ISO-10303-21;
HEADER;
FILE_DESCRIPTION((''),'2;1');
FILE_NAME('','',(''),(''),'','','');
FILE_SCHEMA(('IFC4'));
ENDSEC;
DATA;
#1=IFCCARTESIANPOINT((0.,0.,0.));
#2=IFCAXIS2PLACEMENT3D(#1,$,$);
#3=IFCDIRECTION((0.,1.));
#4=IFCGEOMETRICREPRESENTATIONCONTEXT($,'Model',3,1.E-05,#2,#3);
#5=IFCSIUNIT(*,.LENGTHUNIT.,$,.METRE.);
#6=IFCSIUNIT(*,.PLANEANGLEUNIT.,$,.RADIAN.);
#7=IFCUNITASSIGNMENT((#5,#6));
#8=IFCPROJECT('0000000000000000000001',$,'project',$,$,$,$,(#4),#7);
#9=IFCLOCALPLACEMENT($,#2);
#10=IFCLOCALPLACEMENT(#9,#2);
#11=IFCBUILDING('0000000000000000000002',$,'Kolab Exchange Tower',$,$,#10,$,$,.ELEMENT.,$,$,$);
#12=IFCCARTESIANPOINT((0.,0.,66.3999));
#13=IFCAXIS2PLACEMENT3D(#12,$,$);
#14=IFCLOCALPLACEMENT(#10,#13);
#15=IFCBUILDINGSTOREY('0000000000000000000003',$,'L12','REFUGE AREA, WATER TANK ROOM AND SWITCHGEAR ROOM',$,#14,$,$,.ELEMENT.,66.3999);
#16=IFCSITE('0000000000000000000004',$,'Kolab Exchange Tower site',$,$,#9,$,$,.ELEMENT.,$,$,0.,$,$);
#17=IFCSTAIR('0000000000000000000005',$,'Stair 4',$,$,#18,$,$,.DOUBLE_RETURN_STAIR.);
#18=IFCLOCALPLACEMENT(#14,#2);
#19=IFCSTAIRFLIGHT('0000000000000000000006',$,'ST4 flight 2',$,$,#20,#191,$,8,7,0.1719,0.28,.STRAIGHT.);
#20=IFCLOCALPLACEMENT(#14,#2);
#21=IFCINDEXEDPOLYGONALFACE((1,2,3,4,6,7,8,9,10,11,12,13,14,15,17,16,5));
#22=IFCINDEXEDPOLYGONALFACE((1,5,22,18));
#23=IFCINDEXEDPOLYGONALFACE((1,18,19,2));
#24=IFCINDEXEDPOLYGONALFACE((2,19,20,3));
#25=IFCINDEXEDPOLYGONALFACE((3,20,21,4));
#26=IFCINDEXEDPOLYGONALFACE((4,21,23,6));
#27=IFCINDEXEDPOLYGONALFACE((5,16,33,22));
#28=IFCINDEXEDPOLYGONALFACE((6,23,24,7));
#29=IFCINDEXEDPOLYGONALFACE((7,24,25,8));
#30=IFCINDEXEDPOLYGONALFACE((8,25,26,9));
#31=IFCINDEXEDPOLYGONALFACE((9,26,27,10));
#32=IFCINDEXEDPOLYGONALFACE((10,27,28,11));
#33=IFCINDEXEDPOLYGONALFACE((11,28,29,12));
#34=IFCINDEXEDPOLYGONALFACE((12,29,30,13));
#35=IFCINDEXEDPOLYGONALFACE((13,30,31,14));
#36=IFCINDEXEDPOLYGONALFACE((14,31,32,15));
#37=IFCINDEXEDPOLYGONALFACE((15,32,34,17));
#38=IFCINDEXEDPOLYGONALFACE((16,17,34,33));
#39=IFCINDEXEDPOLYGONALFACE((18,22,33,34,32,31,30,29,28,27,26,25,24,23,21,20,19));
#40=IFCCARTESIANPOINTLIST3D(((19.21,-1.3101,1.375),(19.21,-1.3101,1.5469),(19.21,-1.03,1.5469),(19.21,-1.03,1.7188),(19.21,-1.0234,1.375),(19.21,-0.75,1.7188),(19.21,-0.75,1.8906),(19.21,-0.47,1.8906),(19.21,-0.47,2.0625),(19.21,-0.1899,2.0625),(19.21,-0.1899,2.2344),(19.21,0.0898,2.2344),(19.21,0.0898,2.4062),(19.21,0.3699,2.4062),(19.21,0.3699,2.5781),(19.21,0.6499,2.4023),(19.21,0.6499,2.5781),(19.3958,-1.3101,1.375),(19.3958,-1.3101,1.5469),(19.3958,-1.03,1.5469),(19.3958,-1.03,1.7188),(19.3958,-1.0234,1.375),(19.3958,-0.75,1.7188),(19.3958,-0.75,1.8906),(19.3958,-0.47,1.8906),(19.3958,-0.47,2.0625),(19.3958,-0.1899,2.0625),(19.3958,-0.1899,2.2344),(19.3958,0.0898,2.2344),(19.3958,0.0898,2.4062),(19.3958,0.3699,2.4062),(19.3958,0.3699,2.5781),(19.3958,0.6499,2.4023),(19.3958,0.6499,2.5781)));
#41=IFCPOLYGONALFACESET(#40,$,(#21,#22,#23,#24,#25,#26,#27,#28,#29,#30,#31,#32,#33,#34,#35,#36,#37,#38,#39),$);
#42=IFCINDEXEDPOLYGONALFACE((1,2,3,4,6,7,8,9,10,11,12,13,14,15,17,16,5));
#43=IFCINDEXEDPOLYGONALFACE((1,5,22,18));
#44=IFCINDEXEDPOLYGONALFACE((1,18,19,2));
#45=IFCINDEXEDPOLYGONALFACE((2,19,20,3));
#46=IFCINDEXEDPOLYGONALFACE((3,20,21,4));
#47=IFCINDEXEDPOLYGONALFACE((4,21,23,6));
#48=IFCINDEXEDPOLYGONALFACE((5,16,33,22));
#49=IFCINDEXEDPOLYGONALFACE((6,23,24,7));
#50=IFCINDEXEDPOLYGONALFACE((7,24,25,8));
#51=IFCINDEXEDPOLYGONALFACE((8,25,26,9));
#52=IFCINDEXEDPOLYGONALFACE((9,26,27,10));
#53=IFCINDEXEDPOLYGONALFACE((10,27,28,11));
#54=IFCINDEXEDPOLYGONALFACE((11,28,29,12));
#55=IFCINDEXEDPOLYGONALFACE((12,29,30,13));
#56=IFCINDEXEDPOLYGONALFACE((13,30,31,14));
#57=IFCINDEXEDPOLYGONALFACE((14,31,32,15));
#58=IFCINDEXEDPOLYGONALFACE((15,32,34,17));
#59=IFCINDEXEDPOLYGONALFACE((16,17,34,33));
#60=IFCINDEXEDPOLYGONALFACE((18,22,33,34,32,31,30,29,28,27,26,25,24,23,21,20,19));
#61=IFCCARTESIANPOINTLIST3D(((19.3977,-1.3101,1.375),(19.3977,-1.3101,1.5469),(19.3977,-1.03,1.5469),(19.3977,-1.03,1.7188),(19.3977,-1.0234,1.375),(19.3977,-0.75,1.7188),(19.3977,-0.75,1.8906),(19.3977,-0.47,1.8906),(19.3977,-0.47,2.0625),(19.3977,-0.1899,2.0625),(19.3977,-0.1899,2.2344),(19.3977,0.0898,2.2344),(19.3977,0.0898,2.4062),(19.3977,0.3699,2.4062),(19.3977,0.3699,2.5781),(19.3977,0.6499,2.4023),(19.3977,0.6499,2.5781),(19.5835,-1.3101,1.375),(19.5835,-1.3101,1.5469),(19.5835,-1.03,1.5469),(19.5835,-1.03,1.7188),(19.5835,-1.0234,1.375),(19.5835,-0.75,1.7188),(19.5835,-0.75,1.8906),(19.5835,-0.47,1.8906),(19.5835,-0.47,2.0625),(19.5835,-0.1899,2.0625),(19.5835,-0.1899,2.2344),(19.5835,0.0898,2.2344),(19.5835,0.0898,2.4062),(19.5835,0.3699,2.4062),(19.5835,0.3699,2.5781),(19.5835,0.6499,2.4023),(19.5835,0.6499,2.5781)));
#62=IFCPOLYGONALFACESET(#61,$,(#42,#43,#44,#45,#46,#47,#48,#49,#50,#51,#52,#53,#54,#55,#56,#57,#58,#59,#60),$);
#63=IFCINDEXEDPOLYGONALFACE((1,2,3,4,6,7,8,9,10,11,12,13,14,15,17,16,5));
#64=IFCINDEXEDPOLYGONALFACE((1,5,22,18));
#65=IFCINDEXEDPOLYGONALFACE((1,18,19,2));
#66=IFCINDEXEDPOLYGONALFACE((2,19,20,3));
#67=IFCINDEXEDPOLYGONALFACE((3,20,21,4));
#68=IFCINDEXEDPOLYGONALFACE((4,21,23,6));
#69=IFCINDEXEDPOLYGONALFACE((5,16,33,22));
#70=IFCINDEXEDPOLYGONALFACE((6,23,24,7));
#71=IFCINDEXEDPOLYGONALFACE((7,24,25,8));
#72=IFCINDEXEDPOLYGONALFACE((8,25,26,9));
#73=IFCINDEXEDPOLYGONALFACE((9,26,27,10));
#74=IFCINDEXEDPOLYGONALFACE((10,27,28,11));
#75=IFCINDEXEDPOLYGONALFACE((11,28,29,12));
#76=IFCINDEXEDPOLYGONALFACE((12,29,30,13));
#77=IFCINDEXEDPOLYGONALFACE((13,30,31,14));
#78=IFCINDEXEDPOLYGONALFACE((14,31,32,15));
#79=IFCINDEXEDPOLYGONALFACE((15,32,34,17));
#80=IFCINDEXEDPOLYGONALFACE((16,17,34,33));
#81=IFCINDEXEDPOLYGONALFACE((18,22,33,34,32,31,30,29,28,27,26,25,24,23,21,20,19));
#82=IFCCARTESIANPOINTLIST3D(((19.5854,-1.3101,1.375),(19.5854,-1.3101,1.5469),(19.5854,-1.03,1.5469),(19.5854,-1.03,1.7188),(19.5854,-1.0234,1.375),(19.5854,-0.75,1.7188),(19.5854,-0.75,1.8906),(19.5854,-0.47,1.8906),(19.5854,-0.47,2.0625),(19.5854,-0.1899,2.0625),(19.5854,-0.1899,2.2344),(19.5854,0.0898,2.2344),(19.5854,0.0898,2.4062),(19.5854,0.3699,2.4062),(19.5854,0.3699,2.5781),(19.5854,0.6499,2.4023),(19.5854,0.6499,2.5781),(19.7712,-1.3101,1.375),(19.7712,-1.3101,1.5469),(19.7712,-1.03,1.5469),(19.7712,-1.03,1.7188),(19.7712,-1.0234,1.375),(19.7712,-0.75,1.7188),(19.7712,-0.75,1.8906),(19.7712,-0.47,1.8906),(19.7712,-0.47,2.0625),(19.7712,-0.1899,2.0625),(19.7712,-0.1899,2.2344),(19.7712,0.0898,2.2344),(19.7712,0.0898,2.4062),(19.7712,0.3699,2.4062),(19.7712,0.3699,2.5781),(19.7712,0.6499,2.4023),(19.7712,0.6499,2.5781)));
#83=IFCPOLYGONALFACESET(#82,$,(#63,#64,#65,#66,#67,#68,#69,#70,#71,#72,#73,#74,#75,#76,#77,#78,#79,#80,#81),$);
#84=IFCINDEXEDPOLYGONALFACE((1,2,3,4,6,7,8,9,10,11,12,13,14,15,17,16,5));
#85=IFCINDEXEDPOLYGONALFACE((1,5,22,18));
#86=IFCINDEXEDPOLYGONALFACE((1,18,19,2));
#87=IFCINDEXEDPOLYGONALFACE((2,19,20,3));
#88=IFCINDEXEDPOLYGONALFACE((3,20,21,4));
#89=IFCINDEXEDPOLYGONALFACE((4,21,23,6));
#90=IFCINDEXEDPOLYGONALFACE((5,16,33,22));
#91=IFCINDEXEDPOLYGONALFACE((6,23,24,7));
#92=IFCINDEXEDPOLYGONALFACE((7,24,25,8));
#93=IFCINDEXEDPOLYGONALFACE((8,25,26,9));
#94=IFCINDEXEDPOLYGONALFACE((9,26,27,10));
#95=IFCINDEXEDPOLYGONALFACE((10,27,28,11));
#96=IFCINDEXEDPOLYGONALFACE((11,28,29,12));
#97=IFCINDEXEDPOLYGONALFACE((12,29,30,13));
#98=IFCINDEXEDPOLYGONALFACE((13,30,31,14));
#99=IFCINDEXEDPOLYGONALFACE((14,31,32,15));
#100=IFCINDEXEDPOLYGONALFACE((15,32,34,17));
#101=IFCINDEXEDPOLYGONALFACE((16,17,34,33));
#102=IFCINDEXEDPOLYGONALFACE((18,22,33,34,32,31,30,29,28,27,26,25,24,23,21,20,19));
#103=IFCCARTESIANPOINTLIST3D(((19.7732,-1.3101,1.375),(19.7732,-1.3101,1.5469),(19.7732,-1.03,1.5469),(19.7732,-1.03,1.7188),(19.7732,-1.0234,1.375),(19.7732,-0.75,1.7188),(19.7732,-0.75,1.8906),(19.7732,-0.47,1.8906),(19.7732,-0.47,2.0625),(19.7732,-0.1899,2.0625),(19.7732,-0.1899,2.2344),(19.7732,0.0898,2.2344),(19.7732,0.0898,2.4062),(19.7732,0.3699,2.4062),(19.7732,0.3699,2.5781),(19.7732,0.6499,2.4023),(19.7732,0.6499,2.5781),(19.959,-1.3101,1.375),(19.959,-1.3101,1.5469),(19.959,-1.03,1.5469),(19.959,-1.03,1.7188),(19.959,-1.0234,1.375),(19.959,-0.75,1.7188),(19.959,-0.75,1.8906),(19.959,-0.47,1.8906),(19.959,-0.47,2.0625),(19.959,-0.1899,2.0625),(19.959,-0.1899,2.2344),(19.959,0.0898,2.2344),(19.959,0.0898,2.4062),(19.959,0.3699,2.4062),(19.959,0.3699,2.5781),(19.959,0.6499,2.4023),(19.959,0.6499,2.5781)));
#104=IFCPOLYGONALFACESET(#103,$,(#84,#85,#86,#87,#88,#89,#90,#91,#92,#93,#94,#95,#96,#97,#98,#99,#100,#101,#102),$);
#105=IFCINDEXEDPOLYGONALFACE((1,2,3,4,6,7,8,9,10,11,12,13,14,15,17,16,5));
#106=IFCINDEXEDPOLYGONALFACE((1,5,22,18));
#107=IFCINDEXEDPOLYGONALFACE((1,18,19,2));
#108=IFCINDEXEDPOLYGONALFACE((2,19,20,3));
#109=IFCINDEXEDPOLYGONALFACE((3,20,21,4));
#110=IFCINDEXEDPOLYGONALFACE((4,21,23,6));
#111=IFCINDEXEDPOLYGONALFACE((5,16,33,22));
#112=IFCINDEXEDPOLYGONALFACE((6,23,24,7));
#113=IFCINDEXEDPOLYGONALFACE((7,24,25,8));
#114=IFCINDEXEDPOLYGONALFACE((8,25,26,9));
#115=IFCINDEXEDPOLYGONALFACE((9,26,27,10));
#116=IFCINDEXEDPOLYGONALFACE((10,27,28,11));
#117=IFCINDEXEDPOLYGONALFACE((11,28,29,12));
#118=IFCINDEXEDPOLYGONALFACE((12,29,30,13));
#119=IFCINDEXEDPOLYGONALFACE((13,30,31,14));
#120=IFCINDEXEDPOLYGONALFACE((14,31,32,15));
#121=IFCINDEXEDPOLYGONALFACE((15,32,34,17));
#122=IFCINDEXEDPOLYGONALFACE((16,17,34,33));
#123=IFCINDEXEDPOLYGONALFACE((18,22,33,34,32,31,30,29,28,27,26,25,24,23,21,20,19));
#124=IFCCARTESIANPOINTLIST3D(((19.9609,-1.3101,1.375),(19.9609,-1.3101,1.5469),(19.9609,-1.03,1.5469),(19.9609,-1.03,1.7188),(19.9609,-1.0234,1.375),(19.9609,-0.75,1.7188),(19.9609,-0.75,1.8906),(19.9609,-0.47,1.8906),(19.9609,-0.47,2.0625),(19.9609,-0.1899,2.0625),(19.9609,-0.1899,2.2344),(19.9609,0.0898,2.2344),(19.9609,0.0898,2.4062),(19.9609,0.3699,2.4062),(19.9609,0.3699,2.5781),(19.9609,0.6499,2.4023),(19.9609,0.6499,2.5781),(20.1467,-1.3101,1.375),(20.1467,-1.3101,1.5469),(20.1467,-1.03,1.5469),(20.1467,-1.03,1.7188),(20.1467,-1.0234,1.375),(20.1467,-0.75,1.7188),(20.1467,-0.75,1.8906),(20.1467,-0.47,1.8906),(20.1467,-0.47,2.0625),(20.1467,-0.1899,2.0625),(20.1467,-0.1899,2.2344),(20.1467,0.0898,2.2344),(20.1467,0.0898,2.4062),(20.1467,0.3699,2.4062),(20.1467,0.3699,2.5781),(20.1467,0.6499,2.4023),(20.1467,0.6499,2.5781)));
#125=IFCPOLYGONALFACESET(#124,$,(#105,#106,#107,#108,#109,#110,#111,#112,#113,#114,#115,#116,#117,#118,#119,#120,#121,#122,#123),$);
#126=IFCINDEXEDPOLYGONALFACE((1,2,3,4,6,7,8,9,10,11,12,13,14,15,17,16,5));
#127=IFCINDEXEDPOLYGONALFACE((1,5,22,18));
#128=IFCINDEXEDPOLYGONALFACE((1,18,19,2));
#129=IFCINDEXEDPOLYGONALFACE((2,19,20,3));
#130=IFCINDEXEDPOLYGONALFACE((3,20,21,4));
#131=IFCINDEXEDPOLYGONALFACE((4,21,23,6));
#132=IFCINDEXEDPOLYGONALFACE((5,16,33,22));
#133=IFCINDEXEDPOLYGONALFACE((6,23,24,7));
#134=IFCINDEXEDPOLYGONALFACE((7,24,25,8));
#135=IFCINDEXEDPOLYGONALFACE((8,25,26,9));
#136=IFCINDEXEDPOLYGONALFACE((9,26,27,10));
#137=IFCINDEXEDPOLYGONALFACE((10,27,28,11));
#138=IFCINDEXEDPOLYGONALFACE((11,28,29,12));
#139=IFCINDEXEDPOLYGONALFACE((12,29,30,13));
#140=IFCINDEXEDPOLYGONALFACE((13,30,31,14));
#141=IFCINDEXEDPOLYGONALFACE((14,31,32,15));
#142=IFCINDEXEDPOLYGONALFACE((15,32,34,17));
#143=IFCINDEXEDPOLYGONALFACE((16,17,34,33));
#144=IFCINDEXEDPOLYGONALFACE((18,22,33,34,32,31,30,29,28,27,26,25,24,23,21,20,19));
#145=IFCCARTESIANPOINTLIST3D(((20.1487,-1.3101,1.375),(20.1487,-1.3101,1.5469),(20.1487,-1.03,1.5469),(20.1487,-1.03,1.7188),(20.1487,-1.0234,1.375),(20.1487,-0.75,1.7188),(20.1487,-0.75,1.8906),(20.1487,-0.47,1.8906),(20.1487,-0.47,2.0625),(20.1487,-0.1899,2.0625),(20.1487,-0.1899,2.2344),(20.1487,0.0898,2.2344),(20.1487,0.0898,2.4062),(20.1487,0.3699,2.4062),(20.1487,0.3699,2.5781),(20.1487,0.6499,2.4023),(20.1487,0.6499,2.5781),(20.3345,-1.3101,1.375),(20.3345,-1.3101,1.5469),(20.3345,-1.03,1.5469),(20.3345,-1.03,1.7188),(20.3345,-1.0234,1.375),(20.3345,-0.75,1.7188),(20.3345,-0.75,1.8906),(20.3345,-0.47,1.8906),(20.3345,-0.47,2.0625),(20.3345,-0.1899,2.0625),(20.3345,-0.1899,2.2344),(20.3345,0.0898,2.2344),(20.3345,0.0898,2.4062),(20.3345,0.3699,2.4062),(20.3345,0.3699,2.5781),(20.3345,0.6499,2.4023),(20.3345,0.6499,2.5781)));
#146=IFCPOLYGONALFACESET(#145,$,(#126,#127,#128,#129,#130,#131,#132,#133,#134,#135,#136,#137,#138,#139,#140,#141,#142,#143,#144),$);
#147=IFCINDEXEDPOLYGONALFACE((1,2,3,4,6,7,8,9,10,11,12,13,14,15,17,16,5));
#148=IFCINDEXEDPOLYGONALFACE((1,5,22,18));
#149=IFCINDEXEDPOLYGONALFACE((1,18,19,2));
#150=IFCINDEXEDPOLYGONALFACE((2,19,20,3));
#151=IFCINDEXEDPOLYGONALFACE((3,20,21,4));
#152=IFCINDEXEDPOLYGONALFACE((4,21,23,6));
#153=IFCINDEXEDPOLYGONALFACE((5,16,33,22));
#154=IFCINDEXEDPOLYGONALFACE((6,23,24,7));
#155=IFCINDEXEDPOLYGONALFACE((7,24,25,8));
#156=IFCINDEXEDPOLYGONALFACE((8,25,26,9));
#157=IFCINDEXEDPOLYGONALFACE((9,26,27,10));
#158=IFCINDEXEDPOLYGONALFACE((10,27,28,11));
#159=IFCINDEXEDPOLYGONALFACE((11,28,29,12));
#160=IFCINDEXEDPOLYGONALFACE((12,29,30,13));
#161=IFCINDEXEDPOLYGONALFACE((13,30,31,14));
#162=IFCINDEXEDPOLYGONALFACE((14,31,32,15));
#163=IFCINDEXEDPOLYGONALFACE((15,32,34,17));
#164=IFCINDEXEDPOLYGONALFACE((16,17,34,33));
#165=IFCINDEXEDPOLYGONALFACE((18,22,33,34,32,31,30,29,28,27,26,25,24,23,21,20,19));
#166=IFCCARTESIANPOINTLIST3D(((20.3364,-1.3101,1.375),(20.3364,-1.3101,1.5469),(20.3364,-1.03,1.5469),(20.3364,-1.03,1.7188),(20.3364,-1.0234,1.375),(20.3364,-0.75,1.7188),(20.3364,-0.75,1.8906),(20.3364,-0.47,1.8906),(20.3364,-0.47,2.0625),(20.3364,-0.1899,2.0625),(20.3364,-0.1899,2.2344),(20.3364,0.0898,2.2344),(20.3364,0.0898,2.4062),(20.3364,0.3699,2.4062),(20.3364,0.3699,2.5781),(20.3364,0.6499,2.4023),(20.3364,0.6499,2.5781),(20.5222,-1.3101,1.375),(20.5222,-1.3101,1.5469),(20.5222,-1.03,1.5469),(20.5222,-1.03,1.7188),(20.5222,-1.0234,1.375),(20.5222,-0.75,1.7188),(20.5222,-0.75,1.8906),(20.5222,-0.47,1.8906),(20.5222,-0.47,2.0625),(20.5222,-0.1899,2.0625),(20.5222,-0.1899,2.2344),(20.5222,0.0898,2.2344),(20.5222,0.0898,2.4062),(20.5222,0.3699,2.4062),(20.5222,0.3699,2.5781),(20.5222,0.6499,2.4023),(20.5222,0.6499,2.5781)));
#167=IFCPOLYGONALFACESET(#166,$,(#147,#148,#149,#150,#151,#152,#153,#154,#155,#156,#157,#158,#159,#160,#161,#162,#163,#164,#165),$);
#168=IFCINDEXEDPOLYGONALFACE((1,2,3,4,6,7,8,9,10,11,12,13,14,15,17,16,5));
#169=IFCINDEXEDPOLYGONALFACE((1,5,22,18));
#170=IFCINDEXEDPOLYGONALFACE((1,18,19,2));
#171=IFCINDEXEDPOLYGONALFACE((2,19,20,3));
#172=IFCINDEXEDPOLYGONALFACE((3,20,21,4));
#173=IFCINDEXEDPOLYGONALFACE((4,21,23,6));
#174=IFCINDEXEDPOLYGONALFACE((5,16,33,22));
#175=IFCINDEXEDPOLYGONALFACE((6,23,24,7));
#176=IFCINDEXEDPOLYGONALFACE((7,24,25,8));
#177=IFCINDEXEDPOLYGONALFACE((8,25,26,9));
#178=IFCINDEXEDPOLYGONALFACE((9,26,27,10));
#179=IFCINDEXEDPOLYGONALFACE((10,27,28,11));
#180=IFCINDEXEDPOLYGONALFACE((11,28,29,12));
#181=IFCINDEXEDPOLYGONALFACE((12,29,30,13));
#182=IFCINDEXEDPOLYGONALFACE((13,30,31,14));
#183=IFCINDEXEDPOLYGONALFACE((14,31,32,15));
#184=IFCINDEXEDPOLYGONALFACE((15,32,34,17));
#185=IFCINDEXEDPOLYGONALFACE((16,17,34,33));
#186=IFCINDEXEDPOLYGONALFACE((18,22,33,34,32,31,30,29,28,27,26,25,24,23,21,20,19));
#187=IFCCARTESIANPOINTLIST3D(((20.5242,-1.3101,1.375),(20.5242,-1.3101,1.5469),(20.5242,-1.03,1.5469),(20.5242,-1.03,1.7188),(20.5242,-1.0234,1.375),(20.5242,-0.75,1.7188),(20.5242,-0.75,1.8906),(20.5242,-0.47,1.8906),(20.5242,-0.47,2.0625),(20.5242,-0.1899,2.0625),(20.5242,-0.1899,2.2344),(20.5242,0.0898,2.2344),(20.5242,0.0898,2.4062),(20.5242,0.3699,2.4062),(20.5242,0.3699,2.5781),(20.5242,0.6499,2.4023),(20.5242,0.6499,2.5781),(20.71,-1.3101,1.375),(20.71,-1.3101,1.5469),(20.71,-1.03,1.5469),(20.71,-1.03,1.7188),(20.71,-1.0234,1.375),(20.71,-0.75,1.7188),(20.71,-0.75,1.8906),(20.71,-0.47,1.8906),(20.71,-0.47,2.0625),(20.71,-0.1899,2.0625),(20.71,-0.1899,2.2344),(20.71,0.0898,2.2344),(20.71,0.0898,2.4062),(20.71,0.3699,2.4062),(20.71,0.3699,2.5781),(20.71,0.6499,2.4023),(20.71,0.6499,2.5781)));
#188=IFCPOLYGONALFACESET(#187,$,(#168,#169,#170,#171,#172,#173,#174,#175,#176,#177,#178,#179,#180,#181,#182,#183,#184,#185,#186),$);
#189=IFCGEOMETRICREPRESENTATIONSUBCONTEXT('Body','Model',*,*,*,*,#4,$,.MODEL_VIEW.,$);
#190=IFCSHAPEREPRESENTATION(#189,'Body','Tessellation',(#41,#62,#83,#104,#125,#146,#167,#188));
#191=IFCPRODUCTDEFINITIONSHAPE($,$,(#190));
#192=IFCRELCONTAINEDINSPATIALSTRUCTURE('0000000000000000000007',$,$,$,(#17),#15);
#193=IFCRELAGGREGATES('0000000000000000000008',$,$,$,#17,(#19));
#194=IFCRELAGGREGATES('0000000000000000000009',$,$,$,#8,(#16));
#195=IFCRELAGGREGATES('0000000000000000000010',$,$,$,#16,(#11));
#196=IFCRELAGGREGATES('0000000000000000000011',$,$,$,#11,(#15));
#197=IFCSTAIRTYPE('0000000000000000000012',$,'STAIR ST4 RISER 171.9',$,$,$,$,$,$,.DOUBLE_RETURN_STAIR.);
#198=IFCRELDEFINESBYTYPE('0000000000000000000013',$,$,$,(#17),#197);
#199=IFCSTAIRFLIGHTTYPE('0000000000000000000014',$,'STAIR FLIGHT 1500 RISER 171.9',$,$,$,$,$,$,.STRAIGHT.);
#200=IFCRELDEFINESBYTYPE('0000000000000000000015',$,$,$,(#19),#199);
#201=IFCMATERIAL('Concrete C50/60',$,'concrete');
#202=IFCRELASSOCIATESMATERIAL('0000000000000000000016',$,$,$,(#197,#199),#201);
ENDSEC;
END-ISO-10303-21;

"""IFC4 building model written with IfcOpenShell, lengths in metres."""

from ifc_helpers import new_model, si_unit, direction, frame, origin, place, context, subcontext, project, spatial, polyline, outline, extrude, material, type_object, element, aggregate, save


model = new_model("IFC4")

# Units and contexts
model_context = context("Model", 3, precision=1e-05, world=origin(), true_north=direction((0.0, 1.0)))
body_context = subcontext(model_context, "Body", "Model", "MODEL_VIEW")
ifc_project = project(units=[si_unit("LENGTHUNIT", "METRE"), si_unit("PLANEANGLEUNIT", "RADIAN")], contexts=[model_context])

# Site, building, storey
site_placement = place(None, origin())
site = spatial("IfcSite", under=ifc_project, at=site_placement, Name="Kolab Exchange Tower site", CompositionType="ELEMENT", RefElevation=0.0)
building_placement = place(site_placement, origin())
building = spatial("IfcBuilding", under=site, at=building_placement, Name="Kolab Exchange Tower", CompositionType="ELEMENT")
storey_placement = place(building_placement, frame((0.0, 0.0, 66.3999)))
storey = spatial("IfcBuildingStorey", under=building, at=storey_placement, Name="L12", Description="REFUGE AREA, WATER TANK ROOM AND SWITCHGEAR ROOM", CompositionType="ELEMENT", Elevation=66.3999)

# Shared definitions
ifc_material_1 = material(Name="Concrete C50/60", Category="concrete")

# Stair, stair flight
stair_type = type_object("IfcStairType", Name="STAIR ST4 RISER 171.9", PredefinedType="DOUBLE_RETURN_STAIR", material=ifc_material_1)
stair_placement = place(storey_placement, origin())
stair = element("IfcStair", 1, at=stair_placement, inside=storey, type_object=stair_type, Name="Stair 4", PredefinedType="DOUBLE_RETURN_STAIR")
stair_flight_type = type_object("IfcStairFlightType", Name="STAIR FLIGHT 1500 RISER 171.9", PredefinedType="STRAIGHT", material=ifc_material_1)
stair_flight_1_placement = place(storey_placement, frame((19.96, -1.3101, 1.375), z_axis=(0.0, 0.0, 1.0), x_axis=(0.0, 1.0, 0.0)))
stair_flight_1 = element("IfcStairFlight", 2, at=stair_flight_1_placement, type_object=stair_flight_type, Name="ST4 flight 2", NumberOfRisers=8, NumberOfTreads=7, PredefinedType="STRAIGHT", RiserHeight=0.1719, TreadLength=0.28, context=body_context, shape_type="SweptSolid", body=[
    extrude(outline(polyline([(0.0, 0.0), (0.0, 0.1719), (0.28, 0.1719), (0.28, 0.3438), (0.5601, 0.3438), (0.5601, 0.5156), (0.8401, 0.5156), (0.8401, 0.6875), (1.1201, 0.6875), (1.1201, 0.8594), (1.3999, 0.8594), (1.3999, 1.0312), (1.6799, 1.0312), (1.6799, 1.2031), (1.96, 1.2031), (1.96, 1.375), (1.96, 1.0273), (0.2866, 0.0), (0.0, 0.0)])), frame((0.0, 0.75, 0.0), z_axis=(0.0, -1.0, 0.0), x_axis=(1.0, 0.0, 0.0)), (0.0, 0.0, 1.0), 0.1858),
    extrude(outline(polyline([(0.0, 0.0), (0.0, 0.1719), (0.28, 0.1719), (0.28, 0.3438), (0.5601, 0.3438), (0.5601, 0.5156), (0.8401, 0.5156), (0.8401, 0.6875), (1.1201, 0.6875), (1.1201, 0.8594), (1.3999, 0.8594), (1.3999, 1.0312), (1.6799, 1.0312), (1.6799, 1.2031), (1.96, 1.2031), (1.96, 1.375), (1.96, 1.0273), (0.2866, 0.0), (0.0, 0.0)])), frame((0.0, 0.5623, 0.0), z_axis=(0.0, -1.0, 0.0), x_axis=(1.0, 0.0, 0.0)), (0.0, 0.0, 1.0), 0.1858),
    extrude(outline(polyline([(0.0, 0.0), (0.0, 0.1719), (0.28, 0.1719), (0.28, 0.3438), (0.5601, 0.3438), (0.5601, 0.5156), (0.8401, 0.5156), (0.8401, 0.6875), (1.1201, 0.6875), (1.1201, 0.8594), (1.3999, 0.8594), (1.3999, 1.0312), (1.6799, 1.0312), (1.6799, 1.2031), (1.96, 1.2031), (1.96, 1.375), (1.96, 1.0273), (0.2866, 0.0), (0.0, 0.0)])), frame((0.0, 0.3745, 0.0), z_axis=(0.0, -1.0, 0.0), x_axis=(1.0, 0.0, 0.0)), (0.0, 0.0, 1.0), 0.1858),
    extrude(outline(polyline([(0.0, 0.0), (0.0, 0.1719), (0.28, 0.1719), (0.28, 0.3438), (0.5601, 0.3438), (0.5601, 0.5156), (0.8401, 0.5156), (0.8401, 0.6875), (1.1201, 0.6875), (1.1201, 0.8594), (1.3999, 0.8594), (1.3999, 1.0312), (1.6799, 1.0312), (1.6799, 1.2031), (1.96, 1.2031), (1.96, 1.375), (1.96, 1.0273), (0.2866, 0.0), (0.0, 0.0)])), frame((0.0, 0.1868, 0.0), z_axis=(0.0, -1.0, 0.0), x_axis=(1.0, 0.0, 0.0)), (0.0, 0.0, 1.0), 0.1858),
    extrude(outline(polyline([(0.0, 0.0), (0.0, 0.1719), (0.28, 0.1719), (0.28, 0.3438), (0.5601, 0.3438), (0.5601, 0.5156), (0.8401, 0.5156), (0.8401, 0.6875), (1.1201, 0.6875), (1.1201, 0.8594), (1.3999, 0.8594), (1.3999, 1.0312), (1.6799, 1.0312), (1.6799, 1.2031), (1.96, 1.2031), (1.96, 1.375), (1.96, 1.0273), (0.2866, 0.0), (0.0, 0.0)])), frame((0.0, -0.001, 0.0), z_axis=(0.0, -1.0, 0.0), x_axis=(1.0, 0.0, 0.0)), (0.0, 0.0, 1.0), 0.1858),
    extrude(outline(polyline([(0.0, 0.0), (0.0, 0.1719), (0.28, 0.1719), (0.28, 0.3438), (0.5601, 0.3438), (0.5601, 0.5156), (0.8401, 0.5156), (0.8401, 0.6875), (1.1201, 0.6875), (1.1201, 0.8594), (1.3999, 0.8594), (1.3999, 1.0312), (1.6799, 1.0312), (1.6799, 1.2031), (1.96, 1.2031), (1.96, 1.375), (1.96, 1.0273), (0.2866, 0.0), (0.0, 0.0)])), frame((0.0, -0.1887, 0.0), z_axis=(0.0, -1.0, 0.0), x_axis=(1.0, 0.0, 0.0)), (0.0, 0.0, 1.0), 0.1858),
    extrude(outline(polyline([(0.0, 0.0), (0.0, 0.1719), (0.28, 0.1719), (0.28, 0.3438), (0.5601, 0.3438), (0.5601, 0.5156), (0.8401, 0.5156), (0.8401, 0.6875), (1.1201, 0.6875), (1.1201, 0.8594), (1.3999, 0.8594), (1.3999, 1.0312), (1.6799, 1.0312), (1.6799, 1.2031), (1.96, 1.2031), (1.96, 1.375), (1.96, 1.0273), (0.2866, 0.0), (0.0, 0.0)])), frame((0.0, -0.3765, 0.0), z_axis=(0.0, -1.0, 0.0), x_axis=(1.0, 0.0, 0.0)), (0.0, 0.0, 1.0), 0.1858),
    extrude(outline(polyline([(0.0, 0.0), (0.0, 0.1719), (0.28, 0.1719), (0.28, 0.3438), (0.5601, 0.3438), (0.5601, 0.5156), (0.8401, 0.5156), (0.8401, 0.6875), (1.1201, 0.6875), (1.1201, 0.8594), (1.3999, 0.8594), (1.3999, 1.0312), (1.6799, 1.0312), (1.6799, 1.2031), (1.96, 1.2031), (1.96, 1.375), (1.96, 1.0273), (0.2866, 0.0), (0.0, 0.0)])), frame((0.0, -0.5642, 0.0), z_axis=(0.0, -1.0, 0.0), x_axis=(1.0, 0.0, 0.0)), (0.0, 0.0, 1.0), 0.1858),
])
aggregate(stair, [stair_flight_1])

save(model, "model.ifc")
